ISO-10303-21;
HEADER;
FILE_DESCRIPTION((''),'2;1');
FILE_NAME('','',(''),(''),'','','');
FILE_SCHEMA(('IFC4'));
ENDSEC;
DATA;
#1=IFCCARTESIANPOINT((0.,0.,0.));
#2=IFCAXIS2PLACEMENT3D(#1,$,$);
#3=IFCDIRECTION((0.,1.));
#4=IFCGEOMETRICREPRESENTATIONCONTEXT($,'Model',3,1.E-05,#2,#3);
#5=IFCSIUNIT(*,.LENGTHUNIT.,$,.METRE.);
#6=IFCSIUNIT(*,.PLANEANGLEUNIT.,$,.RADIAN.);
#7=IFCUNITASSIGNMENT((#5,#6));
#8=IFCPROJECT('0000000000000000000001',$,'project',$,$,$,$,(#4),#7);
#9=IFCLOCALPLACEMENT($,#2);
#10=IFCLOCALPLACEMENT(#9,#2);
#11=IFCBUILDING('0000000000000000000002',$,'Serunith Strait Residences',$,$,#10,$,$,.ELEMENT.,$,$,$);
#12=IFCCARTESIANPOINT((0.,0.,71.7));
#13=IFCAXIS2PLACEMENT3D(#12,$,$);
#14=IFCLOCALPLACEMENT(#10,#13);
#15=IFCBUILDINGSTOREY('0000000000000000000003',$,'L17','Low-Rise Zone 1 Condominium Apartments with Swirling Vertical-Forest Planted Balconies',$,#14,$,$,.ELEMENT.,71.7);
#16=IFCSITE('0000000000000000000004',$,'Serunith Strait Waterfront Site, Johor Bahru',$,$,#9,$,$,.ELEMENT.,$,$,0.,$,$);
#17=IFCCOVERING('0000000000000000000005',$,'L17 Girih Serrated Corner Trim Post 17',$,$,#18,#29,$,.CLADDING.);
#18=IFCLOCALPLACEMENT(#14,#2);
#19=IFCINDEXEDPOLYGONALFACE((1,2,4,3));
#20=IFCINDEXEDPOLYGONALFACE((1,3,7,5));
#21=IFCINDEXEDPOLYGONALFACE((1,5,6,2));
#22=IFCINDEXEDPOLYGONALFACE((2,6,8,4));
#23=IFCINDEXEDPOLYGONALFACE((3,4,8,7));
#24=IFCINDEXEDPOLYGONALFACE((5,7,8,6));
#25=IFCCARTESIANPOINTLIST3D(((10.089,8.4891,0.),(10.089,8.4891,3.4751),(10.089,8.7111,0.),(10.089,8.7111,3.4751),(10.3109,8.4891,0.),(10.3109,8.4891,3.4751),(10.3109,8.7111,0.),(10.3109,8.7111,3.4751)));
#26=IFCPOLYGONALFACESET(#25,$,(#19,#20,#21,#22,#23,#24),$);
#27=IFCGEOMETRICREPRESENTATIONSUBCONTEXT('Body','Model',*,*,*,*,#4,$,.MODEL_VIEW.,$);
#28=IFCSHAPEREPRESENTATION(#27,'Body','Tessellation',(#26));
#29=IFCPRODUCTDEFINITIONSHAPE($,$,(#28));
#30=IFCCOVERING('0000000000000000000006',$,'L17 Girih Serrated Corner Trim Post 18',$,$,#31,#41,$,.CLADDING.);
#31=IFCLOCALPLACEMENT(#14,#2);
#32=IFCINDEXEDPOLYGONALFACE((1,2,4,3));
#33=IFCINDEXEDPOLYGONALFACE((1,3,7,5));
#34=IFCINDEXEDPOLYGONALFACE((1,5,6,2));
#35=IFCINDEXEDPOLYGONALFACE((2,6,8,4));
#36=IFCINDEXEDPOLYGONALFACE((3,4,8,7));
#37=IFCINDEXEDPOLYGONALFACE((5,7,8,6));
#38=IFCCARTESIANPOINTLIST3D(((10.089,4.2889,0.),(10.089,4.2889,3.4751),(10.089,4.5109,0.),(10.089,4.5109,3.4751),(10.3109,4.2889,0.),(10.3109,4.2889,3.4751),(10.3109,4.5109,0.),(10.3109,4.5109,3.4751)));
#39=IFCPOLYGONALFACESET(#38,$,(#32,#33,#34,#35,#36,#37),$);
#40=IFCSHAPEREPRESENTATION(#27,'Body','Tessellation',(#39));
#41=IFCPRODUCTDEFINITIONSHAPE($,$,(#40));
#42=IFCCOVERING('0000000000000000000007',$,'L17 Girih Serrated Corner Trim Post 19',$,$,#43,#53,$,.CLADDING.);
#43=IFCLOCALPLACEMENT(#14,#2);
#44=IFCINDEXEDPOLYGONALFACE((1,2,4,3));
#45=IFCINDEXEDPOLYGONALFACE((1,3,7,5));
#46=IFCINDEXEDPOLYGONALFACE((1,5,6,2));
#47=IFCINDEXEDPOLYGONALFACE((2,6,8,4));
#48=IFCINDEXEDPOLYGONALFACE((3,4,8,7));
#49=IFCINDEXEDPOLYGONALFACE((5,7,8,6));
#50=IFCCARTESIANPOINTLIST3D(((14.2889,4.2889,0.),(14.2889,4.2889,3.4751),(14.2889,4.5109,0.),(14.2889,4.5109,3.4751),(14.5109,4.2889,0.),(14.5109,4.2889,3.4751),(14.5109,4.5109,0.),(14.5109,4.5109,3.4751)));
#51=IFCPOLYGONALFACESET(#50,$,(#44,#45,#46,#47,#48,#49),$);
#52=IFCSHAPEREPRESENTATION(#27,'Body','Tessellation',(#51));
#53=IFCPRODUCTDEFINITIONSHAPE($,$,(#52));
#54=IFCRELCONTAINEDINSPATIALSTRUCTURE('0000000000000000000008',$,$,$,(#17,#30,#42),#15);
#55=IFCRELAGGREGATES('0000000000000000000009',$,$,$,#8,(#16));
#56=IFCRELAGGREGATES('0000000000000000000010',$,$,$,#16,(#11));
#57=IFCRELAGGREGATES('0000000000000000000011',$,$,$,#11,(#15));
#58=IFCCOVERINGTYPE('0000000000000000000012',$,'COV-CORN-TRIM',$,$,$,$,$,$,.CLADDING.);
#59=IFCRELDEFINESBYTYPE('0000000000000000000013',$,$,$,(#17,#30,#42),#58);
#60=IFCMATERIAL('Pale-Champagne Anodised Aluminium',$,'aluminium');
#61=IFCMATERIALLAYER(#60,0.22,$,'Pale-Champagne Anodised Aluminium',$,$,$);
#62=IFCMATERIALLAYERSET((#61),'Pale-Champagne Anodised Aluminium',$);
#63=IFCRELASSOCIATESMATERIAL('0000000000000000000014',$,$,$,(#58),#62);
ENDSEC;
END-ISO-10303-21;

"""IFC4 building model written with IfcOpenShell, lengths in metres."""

from ifc_helpers import new_model, si_unit, direction, frame, origin, origin_2d, place, context, subcontext, project, spatial, rectangle, extrude, source, transform, mapped, material, layer, layer_set, type_object, element, save


model = new_model("IFC4")

# Units and contexts
model_context = context("Model", 3, precision=1e-05, world=origin(), true_north=direction((0.0, 1.0)))
body_context = subcontext(model_context, "Body", "Model", "MODEL_VIEW")
ifc_project = project(units=[si_unit("LENGTHUNIT", "METRE"), si_unit("PLANEANGLEUNIT", "RADIAN")], contexts=[model_context])

# Site, building, storey
site_placement = place(None, origin())
site = spatial("IfcSite", under=ifc_project, at=site_placement, Name="Serunith Strait Waterfront Site, Johor Bahru", CompositionType="ELEMENT", RefElevation=0.0)
building_placement = place(site_placement, origin())
building = spatial("IfcBuilding", under=site, at=building_placement, Name="Serunith Strait Residences", CompositionType="ELEMENT")
storey_placement = place(building_placement, frame((0.0, 0.0, 71.7)))
storey = spatial("IfcBuildingStorey", under=building, at=storey_placement, Name="L17", Description="Low-Rise Zone 1 Condominium Apartments with Swirling Vertical-Forest Planted Balconies", CompositionType="ELEMENT", Elevation=71.7)

# Shared definitions
ifc_material_1 = material(Name="Pale-Champagne Anodised Aluminium", Category="aluminium")

# Coverings
ifc_layer_1 = layer(ifc_material_1, 0.22, Name="Pale-Champagne Anodised Aluminium")
ifc_layer_set_1 = layer_set([ifc_layer_1], Name="Pale-Champagne Anodised Aluminium")
covering_type_1 = type_object("IfcCoveringType", Name="COV-CORN-TRIM", PredefinedType="CLADDING", material=ifc_layer_set_1)
shared_shape_1 = source(origin(), body_context, "Body", "SweptSolid", [
    extrude(rectangle(XDim=0.2219, YDim=0.2219, at=origin_2d()), origin(), (0.0, 0.0, 1.0), 3.4751),
])
for number, where, z_axis, x_axis, name in (
    (1, (10.2, 8.6001, 0.0), (0.0, 0.0, 1.0), (1.0, 0.0, 0.0), "L17 Girih Serrated Corner Trim Post 17"),
    (2, (10.2, 4.3999, 0.0), (0.0, 0.0, 1.0), (1.0, 0.0, 0.0), "L17 Girih Serrated Corner Trim Post 18"),
    (3, (14.3999, 4.3999, 0.0), (0.0, 0.0, 1.0), (1.0, 0.0, 0.0), "L17 Girih Serrated Corner Trim Post 19"),
):
    element("IfcCovering", number, at=place(storey_placement, frame(where, z_axis=z_axis, x_axis=x_axis)), inside=storey, type_object=covering_type_1, Name=name, PredefinedType="CLADDING", context=body_context, shape_type="MappedRepresentation", body=[
        mapped(shared_shape_1, transform((0.0, 0.0, 0.0), scale=1.0)),
    ])

save(model, "model.ifc")
